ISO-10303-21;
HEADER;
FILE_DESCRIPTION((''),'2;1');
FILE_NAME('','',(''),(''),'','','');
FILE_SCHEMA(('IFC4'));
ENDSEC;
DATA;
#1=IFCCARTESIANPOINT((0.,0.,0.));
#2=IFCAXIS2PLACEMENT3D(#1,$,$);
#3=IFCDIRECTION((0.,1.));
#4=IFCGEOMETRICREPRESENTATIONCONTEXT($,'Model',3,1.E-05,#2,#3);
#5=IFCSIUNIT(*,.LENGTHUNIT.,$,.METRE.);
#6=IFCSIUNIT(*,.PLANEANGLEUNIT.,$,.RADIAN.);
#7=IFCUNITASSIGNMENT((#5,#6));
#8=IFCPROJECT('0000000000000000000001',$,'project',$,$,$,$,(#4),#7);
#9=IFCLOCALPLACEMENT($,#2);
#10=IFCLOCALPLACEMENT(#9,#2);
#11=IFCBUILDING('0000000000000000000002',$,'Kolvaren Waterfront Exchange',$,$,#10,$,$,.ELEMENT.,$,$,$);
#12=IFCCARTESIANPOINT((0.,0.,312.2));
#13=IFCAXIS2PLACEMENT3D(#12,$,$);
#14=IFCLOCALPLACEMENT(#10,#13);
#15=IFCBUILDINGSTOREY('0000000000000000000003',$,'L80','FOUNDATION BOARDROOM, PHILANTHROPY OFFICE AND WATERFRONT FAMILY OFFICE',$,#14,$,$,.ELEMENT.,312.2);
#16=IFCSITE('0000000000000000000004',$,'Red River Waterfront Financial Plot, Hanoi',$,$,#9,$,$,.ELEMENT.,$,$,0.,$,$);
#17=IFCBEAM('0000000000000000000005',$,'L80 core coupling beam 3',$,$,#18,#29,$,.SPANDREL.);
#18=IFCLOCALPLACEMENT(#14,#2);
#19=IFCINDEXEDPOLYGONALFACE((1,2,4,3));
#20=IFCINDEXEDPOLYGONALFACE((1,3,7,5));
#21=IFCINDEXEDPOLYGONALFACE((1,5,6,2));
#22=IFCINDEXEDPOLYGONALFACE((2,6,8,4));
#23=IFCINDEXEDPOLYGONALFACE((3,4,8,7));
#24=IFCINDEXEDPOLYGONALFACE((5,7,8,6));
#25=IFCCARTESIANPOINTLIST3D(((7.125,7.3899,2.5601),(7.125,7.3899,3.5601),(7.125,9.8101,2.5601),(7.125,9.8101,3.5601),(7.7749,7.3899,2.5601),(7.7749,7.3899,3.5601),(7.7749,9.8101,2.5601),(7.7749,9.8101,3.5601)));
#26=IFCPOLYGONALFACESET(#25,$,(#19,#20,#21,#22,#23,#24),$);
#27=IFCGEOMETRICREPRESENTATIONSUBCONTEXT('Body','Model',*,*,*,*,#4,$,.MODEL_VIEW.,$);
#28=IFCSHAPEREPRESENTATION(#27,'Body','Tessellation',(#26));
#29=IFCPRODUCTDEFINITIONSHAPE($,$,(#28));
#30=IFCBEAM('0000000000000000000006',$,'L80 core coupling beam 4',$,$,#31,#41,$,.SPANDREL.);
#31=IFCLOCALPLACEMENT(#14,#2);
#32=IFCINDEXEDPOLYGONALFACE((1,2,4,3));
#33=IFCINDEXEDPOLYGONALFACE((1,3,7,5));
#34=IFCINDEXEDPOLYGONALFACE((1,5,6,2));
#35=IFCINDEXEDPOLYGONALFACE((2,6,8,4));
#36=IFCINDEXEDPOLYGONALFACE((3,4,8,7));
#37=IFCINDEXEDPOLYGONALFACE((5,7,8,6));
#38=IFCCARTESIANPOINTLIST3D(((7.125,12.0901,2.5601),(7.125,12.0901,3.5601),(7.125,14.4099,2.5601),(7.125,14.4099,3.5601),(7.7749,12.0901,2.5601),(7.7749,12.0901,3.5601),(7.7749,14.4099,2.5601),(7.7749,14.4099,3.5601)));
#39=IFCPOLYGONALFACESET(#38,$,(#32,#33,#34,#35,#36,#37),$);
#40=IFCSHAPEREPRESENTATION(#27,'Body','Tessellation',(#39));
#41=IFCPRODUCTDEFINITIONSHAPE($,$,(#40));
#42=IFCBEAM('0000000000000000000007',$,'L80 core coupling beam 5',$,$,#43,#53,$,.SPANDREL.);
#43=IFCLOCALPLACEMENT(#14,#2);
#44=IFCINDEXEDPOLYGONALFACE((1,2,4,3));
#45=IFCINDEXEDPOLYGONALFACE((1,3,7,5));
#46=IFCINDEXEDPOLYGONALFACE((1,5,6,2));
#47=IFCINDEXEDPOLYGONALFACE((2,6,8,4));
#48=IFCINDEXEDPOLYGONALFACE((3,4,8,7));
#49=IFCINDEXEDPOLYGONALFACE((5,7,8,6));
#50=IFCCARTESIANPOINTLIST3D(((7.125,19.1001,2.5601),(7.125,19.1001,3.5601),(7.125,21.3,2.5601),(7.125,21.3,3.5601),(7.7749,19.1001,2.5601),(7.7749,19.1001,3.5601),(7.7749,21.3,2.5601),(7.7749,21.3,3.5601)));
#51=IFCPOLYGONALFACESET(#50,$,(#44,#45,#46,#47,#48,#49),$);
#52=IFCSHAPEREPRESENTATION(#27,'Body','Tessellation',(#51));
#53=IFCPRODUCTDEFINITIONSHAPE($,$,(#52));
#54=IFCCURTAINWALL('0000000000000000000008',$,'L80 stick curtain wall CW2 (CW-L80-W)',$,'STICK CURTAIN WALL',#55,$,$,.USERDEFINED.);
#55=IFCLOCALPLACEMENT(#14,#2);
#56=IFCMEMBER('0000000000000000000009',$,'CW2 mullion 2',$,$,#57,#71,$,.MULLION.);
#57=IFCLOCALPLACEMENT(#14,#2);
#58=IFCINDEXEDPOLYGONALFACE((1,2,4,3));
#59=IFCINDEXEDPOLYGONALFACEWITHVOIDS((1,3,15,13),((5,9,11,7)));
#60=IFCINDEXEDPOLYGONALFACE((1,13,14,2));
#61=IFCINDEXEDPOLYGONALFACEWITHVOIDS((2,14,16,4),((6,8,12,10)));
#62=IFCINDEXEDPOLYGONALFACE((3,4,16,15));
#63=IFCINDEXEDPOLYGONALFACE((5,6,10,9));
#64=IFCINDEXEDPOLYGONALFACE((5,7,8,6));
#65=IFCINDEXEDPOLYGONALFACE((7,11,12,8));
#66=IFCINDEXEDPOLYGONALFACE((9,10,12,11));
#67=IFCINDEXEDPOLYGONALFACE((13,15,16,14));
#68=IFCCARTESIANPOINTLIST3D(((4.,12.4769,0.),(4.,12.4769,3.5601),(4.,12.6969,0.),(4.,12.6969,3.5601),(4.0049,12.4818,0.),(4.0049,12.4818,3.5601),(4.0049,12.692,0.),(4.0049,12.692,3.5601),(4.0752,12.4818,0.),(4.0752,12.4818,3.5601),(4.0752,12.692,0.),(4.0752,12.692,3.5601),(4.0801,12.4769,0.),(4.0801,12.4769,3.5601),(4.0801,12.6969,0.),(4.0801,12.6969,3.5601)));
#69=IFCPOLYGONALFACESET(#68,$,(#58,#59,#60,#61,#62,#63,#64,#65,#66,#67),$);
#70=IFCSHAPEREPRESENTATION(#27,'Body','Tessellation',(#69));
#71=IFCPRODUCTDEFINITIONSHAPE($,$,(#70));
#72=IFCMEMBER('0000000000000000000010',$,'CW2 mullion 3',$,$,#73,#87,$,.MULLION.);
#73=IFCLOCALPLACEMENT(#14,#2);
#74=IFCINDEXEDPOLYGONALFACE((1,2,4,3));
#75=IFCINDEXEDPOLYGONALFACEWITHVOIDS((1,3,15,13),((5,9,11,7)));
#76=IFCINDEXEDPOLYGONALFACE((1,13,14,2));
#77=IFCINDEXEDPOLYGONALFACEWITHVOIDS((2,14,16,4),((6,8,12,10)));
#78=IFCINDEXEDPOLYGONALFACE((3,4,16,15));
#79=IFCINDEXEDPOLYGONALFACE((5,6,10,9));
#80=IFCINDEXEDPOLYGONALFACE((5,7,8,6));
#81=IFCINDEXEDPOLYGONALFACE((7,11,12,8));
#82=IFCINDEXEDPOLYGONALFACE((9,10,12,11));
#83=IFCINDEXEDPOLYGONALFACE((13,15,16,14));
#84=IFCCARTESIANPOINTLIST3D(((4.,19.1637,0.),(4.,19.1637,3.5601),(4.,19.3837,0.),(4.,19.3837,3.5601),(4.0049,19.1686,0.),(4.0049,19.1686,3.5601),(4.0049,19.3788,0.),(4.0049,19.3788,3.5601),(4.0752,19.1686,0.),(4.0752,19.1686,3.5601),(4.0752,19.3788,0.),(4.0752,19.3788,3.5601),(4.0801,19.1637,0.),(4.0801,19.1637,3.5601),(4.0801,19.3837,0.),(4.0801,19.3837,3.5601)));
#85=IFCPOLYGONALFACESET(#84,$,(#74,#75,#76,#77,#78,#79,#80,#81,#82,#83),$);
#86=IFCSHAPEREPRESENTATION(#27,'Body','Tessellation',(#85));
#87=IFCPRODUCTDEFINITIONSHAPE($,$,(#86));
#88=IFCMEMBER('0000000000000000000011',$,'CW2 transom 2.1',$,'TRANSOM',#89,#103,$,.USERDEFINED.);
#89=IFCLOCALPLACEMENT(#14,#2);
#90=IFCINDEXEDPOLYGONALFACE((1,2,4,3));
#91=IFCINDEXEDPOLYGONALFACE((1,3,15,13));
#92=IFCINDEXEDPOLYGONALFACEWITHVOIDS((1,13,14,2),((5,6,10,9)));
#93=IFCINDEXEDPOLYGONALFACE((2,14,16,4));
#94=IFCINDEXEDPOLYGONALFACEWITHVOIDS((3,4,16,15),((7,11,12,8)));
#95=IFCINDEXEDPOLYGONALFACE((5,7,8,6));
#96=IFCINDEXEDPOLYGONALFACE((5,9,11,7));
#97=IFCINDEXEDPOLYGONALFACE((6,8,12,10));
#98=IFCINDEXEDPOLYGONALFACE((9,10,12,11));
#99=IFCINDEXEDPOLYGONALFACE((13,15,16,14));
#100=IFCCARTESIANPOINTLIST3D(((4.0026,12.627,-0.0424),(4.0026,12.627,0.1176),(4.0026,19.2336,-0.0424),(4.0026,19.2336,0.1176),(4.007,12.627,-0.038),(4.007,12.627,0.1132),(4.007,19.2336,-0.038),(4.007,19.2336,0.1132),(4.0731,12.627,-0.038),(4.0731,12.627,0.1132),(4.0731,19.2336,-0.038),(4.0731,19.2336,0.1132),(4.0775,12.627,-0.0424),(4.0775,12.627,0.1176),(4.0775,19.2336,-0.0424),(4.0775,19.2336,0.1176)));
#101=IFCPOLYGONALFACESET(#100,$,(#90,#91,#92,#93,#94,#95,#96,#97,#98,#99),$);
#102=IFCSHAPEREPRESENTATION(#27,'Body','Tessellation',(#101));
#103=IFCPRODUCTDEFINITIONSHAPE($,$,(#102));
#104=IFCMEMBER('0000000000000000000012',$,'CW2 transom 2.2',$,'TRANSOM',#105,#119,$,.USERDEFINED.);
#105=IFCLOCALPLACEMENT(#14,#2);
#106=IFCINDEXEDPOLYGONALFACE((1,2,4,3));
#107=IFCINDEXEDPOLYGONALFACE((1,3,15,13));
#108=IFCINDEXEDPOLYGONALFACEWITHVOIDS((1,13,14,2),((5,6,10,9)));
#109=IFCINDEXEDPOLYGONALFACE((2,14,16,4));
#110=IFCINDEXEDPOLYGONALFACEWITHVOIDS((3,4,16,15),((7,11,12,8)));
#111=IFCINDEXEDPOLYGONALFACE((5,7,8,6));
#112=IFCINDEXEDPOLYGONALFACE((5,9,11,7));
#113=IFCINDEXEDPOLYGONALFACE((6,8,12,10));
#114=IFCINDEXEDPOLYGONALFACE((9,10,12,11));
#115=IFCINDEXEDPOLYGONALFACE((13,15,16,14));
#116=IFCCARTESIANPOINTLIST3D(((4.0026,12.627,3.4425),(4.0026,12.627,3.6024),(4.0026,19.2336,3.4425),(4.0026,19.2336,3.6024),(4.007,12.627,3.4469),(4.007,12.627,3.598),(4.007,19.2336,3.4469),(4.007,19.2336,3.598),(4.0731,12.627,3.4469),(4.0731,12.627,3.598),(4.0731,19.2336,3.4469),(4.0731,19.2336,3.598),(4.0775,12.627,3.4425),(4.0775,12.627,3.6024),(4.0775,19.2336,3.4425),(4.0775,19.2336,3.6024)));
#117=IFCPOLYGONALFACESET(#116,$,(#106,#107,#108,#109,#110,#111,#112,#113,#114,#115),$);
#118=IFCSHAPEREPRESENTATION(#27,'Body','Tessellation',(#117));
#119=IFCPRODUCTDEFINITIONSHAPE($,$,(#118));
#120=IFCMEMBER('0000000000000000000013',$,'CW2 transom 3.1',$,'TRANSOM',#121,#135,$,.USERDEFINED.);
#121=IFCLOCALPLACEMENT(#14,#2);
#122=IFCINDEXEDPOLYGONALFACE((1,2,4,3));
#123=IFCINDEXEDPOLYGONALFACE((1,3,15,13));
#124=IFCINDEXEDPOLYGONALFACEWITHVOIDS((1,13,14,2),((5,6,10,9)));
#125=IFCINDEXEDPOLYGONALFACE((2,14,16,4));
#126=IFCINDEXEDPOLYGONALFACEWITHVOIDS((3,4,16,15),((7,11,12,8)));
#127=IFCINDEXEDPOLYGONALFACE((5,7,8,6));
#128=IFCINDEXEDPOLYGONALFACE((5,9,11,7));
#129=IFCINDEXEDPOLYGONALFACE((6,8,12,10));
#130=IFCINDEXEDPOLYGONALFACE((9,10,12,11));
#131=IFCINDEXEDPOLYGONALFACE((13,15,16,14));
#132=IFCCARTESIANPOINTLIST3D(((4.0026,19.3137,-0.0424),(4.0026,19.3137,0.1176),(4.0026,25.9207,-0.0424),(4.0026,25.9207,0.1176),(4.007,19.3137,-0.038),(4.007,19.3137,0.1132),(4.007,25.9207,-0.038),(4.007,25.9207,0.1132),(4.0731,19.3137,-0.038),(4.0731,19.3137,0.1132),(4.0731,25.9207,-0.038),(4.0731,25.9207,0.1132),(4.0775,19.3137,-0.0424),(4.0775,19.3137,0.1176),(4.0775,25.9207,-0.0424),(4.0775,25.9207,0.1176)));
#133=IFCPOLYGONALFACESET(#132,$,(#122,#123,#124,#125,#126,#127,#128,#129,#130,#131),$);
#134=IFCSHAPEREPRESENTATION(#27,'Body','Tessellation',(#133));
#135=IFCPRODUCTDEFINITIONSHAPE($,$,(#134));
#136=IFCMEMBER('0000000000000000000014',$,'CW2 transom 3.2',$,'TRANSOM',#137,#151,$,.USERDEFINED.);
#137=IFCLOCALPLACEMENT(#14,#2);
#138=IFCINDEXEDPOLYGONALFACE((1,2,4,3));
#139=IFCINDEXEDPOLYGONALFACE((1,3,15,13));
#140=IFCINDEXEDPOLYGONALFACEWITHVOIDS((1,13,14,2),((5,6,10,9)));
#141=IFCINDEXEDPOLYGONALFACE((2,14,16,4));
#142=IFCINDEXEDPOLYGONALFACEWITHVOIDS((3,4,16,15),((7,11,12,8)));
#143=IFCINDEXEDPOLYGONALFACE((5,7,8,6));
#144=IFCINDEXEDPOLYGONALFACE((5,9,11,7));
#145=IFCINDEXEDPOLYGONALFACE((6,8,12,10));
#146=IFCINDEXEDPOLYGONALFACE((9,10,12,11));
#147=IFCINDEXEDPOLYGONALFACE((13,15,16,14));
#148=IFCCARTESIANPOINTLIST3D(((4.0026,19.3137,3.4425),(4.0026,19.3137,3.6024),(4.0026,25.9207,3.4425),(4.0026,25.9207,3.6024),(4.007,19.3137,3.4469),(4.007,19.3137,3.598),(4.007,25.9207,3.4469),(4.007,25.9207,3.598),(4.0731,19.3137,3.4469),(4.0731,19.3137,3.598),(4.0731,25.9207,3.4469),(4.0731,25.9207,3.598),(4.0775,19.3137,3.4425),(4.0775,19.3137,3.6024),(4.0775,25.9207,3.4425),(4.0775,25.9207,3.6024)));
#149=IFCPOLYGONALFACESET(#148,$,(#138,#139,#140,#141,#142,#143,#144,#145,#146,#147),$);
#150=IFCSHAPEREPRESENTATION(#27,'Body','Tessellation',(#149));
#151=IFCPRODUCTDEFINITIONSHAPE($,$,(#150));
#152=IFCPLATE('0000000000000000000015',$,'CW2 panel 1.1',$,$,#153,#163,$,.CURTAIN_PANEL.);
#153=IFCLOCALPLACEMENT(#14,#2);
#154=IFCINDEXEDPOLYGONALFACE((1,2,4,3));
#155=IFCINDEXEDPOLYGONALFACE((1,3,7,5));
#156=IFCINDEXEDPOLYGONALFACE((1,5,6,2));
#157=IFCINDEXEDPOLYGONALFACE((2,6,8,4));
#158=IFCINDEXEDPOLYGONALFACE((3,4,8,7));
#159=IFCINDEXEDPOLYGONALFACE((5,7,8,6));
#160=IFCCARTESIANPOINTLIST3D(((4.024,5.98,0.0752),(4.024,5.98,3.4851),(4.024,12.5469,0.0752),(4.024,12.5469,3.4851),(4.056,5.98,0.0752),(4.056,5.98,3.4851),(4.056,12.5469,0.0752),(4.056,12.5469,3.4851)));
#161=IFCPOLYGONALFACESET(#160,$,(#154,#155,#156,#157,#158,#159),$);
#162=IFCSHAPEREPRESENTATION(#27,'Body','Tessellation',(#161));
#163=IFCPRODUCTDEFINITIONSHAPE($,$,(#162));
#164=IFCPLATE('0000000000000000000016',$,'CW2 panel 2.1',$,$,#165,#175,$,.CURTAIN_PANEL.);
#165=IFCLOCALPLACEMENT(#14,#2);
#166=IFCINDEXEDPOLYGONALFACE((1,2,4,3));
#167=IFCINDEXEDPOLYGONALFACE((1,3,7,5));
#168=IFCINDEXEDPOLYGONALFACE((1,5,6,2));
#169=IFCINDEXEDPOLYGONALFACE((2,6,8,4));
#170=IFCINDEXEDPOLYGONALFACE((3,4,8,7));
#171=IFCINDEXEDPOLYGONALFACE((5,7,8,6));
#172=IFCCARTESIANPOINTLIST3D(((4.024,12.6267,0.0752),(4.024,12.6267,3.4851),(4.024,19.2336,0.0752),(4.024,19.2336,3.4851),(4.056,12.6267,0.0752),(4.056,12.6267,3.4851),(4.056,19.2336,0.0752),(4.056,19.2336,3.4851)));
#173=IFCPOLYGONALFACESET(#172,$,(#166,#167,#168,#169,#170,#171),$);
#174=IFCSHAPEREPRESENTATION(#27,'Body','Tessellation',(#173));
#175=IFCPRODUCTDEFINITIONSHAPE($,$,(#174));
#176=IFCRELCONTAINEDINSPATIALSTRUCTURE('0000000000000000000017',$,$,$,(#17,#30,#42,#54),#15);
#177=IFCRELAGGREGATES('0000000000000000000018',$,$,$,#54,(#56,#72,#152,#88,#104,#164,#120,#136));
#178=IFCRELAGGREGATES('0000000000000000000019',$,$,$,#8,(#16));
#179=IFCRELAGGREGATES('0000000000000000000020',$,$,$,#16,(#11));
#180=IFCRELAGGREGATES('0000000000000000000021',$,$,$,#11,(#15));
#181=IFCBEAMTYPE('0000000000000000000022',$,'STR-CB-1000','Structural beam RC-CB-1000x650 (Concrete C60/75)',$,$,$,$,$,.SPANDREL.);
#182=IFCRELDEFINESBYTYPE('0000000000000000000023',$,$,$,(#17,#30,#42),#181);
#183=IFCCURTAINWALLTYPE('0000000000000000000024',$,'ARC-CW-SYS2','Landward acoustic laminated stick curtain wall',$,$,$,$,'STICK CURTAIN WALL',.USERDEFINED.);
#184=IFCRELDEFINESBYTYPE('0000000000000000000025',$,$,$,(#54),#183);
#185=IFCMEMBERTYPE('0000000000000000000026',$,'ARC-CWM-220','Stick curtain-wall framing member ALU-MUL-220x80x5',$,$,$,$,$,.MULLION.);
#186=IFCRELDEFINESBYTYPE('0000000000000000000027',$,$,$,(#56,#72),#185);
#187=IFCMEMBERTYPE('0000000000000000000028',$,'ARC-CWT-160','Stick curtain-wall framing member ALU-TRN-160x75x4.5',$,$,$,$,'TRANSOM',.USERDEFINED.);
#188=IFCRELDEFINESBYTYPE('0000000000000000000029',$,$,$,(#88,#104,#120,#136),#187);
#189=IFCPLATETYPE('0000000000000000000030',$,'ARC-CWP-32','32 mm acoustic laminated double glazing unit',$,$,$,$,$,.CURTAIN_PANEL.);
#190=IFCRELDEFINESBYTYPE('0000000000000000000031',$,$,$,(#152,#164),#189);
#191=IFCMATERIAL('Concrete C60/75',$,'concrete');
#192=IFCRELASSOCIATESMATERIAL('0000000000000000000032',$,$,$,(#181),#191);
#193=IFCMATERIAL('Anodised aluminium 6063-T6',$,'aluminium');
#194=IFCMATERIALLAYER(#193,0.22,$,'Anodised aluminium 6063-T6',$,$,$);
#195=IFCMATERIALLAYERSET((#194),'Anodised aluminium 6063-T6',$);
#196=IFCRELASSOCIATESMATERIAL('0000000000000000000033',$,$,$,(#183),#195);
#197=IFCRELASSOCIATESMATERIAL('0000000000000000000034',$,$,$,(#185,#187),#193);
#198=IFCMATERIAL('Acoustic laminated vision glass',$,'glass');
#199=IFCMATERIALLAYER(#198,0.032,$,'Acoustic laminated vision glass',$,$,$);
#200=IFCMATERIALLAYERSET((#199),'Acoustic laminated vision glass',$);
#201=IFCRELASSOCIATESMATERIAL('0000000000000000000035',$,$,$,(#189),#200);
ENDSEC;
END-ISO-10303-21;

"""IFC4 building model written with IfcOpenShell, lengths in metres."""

from ifc_helpers import new_model, si_unit, direction, frame, origin, origin_with_axes, origin_2d, place, context, subcontext, project, spatial, rectangle, hollow_rectangle, extrude, source, transform, mapped, material, layer, layer_set, material_profile, profile_set, type_object, element, aggregate, save


model = new_model("IFC4")

# Units and contexts
model_context = context("Model", 3, precision=1e-05, world=origin(), true_north=direction((0.0, 1.0)))
body_context = subcontext(model_context, "Body", "Model", "MODEL_VIEW")
ifc_project = project(units=[si_unit("LENGTHUNIT", "METRE"), si_unit("PLANEANGLEUNIT", "RADIAN")], contexts=[model_context])

# Site, building, storey
site_placement = place(None, origin())
site = spatial("IfcSite", under=ifc_project, at=site_placement, Name="Red River Waterfront Financial Plot, Hanoi", CompositionType="ELEMENT", RefElevation=0.0)
building_placement = place(site_placement, origin())
building = spatial("IfcBuilding", under=site, at=building_placement, Name="Kolvaren Waterfront Exchange", CompositionType="ELEMENT")
storey_placement = place(building_placement, frame((0.0, 0.0, 312.2)))
storey = spatial("IfcBuildingStorey", under=building, at=storey_placement, Name="L80", Description="FOUNDATION BOARDROOM, PHILANTHROPY OFFICE AND WATERFRONT FAMILY OFFICE", CompositionType="ELEMENT", Elevation=312.2)

# Beams
ifc_material_1 = material(Name="Concrete C60/75", Category="concrete")
ifc_material_profile_1 = material_profile(ifc_material_1, rectangle(XDim=0.6499, YDim=1.0, at=origin_2d()), Name="RC-CB-1000x650")
ifc_profile_set_1 = profile_set([ifc_material_profile_1], Name="Concrete C60/75")
beam_type = type_object("IfcBeamType", Name="STR-CB-1000", Description="Structural beam RC-CB-1000x650 (Concrete C60/75)", PredefinedType="SPANDREL", material=ifc_profile_set_1)
beam_1_placement = place(storey_placement, frame((7.45, 7.3899, 3.0601), z_axis=(0.0, 1.0, 0.0), x_axis=(-1.0, 0.0, 0.0)))
element("IfcBeam", 1, at=beam_1_placement, inside=storey, type_object=beam_type, Name="L80 core coupling beam 3", PredefinedType="SPANDREL", context=body_context, shape_type="SweptSolid", body=[
    extrude(rectangle(XDim=0.6499, YDim=1.0, at=origin_2d()), origin(), (0.0, 0.0, 1.0), 2.4202),
])
beam_2_placement = place(storey_placement, frame((7.45, 12.0901, 3.0601), z_axis=(0.0, 1.0, 0.0), x_axis=(-1.0, 0.0, 0.0)))
element("IfcBeam", 2, at=beam_2_placement, inside=storey, type_object=beam_type, Name="L80 core coupling beam 4", PredefinedType="SPANDREL", context=body_context, shape_type="SweptSolid", body=[
    extrude(rectangle(XDim=0.6499, YDim=1.0, at=origin_2d()), origin(), (0.0, 0.0, 1.0), 2.3198),
])
beam_3_placement = place(storey_placement, frame((7.45, 19.1001, 3.0601), z_axis=(0.0, 1.0, 0.0), x_axis=(-1.0, 0.0, 0.0)))
element("IfcBeam", 3, at=beam_3_placement, inside=storey, type_object=beam_type, Name="L80 core coupling beam 5", PredefinedType="SPANDREL", context=body_context, shape_type="SweptSolid", body=[
    extrude(rectangle(XDim=0.6499, YDim=1.0, at=origin_2d()), origin(), (0.0, 0.0, 1.0), 2.2),
])

# Curtain wall, members, plates
ifc_material_2 = material(Name="Anodised aluminium 6063-T6", Category="aluminium")
ifc_layer_1 = layer(ifc_material_2, 0.22, Name="Anodised aluminium 6063-T6")
ifc_layer_set_1 = layer_set([ifc_layer_1], Name="Anodised aluminium 6063-T6")
curtain_wall_type = type_object("IfcCurtainWallType", Name="ARC-CW-SYS2", Description="Landward acoustic laminated stick curtain wall", ElementType="STICK CURTAIN WALL", PredefinedType="USERDEFINED", material=ifc_layer_set_1)
curtain_wall_placement = place(storey_placement, origin())
curtain_wall = element("IfcCurtainWall", 4, at=curtain_wall_placement, inside=storey, type_object=curtain_wall_type, Name="L80 stick curtain wall CW2 (CW-L80-W)", ObjectType="STICK CURTAIN WALL", PredefinedType="USERDEFINED")
ifc_material_profile_2 = material_profile(ifc_material_2, hollow_rectangle(XDim=0.0801, YDim=0.22, WallThickness=0.0049, at=origin_2d()), Name="ALU-MUL-220x80x5")
ifc_profile_set_2 = profile_set([ifc_material_profile_2], Name="Anodised aluminium 6063-T6")
member_type_1 = type_object("IfcMemberType", Name="ARC-CWM-220", Description="Stick curtain-wall framing member ALU-MUL-220x80x5", PredefinedType="MULLION", material=ifc_profile_set_2)
shared_shape_1 = source(origin_with_axes(), body_context, "Body", "SweptSolid", [
    extrude(hollow_rectangle(XDim=0.0801, YDim=0.22, WallThickness=0.0049, at=origin_2d()), origin(), (0.0, 0.0, 1.0), 3.5601),
])
member_1_placement = place(storey_placement, frame((4.04, 12.5869, 0.0), z_axis=(0.0, 0.0, 1.0), x_axis=(-1.0, 0.0, 0.0)))
member_1 = element("IfcMember", 5, at=member_1_placement, type_object=member_type_1, Name="CW2 mullion 2", PredefinedType="MULLION", context=body_context, shape_type="MappedRepresentation", body=[
    mapped(shared_shape_1, transform((0.0, 0.0, 0.0), x_axis=(1.0, 0.0, 0.0), y_axis=(0.0, 1.0, 0.0), z_axis=(0.0, 0.0, 1.0), scale=1.0)),
])
member_2_placement = place(storey_placement, frame((4.04, 19.2737, 0.0), z_axis=(0.0, 0.0, 1.0), x_axis=(-1.0, 0.0, 0.0)))
member_2 = element("IfcMember", 6, at=member_2_placement, type_object=member_type_1, Name="CW2 mullion 3", PredefinedType="MULLION", context=body_context, shape_type="MappedRepresentation", body=[
    mapped(shared_shape_1, transform((0.0, 0.0, 0.0), x_axis=(1.0, 0.0, 0.0), y_axis=(0.0, 1.0, 0.0), z_axis=(0.0, 0.0, 1.0), scale=1.0)),
])
ifc_material_profile_3 = material_profile(ifc_material_2, hollow_rectangle(XDim=0.075, YDim=0.1599, WallThickness=0.0044, at=origin_2d()), Name="ALU-TRN-160x75x4.5")
ifc_profile_set_3 = profile_set([ifc_material_profile_3], Name="Anodised aluminium 6063-T6")
member_type_2 = type_object("IfcMemberType", Name="ARC-CWT-160", Description="Stick curtain-wall framing member ALU-TRN-160x75x4.5", ElementType="TRANSOM", PredefinedType="USERDEFINED", material=ifc_profile_set_3)
shared_shape_2 = source(origin_with_axes(), body_context, "Body", "SweptSolid", [
    extrude(hollow_rectangle(XDim=0.075, YDim=0.1599, WallThickness=0.0044, at=origin_2d()), origin(), (0.0, 0.0, 1.0), 6.6067),
])
member_3_placement = place(storey_placement, frame((4.04, 12.627, 0.0376), z_axis=(0.0, 1.0, 0.0), x_axis=(-1.0, 0.0, 0.0)))
member_3 = element("IfcMember", 7, at=member_3_placement, type_object=member_type_2, Name="CW2 transom 2.1", ObjectType="TRANSOM", PredefinedType="USERDEFINED", context=body_context, shape_type="MappedRepresentation", body=[
    mapped(shared_shape_2, transform((0.0, 0.0, 0.0), x_axis=(1.0, 0.0, 0.0), y_axis=(0.0, 1.0, 0.0), z_axis=(0.0, 0.0, 1.0), scale=1.0)),
])
member_4_placement = place(storey_placement, frame((4.04, 12.627, 3.5225), z_axis=(0.0, 1.0, 0.0), x_axis=(-1.0, 0.0, 0.0)))
member_4 = element("IfcMember", 8, at=member_4_placement, type_object=member_type_2, Name="CW2 transom 2.2", ObjectType="TRANSOM", PredefinedType="USERDEFINED", context=body_context, shape_type="MappedRepresentation", body=[
    mapped(shared_shape_2, transform((0.0, 0.0, 0.0), x_axis=(1.0, 0.0, 0.0), y_axis=(0.0, 1.0, 0.0), z_axis=(0.0, 0.0, 1.0), scale=1.0)),
])
shared_shape_3 = source(origin_with_axes(), body_context, "Body", "SweptSolid", [
    extrude(hollow_rectangle(XDim=0.075, YDim=0.1599, WallThickness=0.0044, at=origin_2d()), origin(), (0.0, 0.0, 1.0), 6.6069),
])
member_5_placement = place(storey_placement, frame((4.04, 19.3137, 0.0376), z_axis=(0.0, 1.0, 0.0), x_axis=(-1.0, 0.0, 0.0)))
member_5 = element("IfcMember", 9, at=member_5_placement, type_object=member_type_2, Name="CW2 transom 3.1", ObjectType="TRANSOM", PredefinedType="USERDEFINED", context=body_context, shape_type="MappedRepresentation", body=[
    mapped(shared_shape_3, transform((0.0, 0.0, 0.0), x_axis=(1.0, 0.0, 0.0), y_axis=(0.0, 1.0, 0.0), z_axis=(0.0, 0.0, 1.0), scale=1.0)),
])
member_6_placement = place(storey_placement, frame((4.04, 19.3137, 3.5225), z_axis=(0.0, 1.0, 0.0), x_axis=(-1.0, 0.0, 0.0)))
member_6 = element("IfcMember", 10, at=member_6_placement, type_object=member_type_2, Name="CW2 transom 3.2", ObjectType="TRANSOM", PredefinedType="USERDEFINED", context=body_context, shape_type="MappedRepresentation", body=[
    mapped(shared_shape_3, transform((0.0, 0.0, 0.0), x_axis=(1.0, 0.0, 0.0), y_axis=(0.0, 1.0, 0.0), z_axis=(0.0, 0.0, 1.0), scale=1.0)),
])
ifc_material_3 = material(Name="Acoustic laminated vision glass", Category="glass")
ifc_layer_2 = layer(ifc_material_3, 0.032, Name="Acoustic laminated vision glass")
ifc_layer_set_2 = layer_set([ifc_layer_2], Name="Acoustic laminated vision glass")
plate_type = type_object("IfcPlateType", Name="ARC-CWP-32", Description="32 mm acoustic laminated double glazing unit", PredefinedType="CURTAIN_PANEL", material=ifc_layer_set_2)
shared_shape_4 = source(origin_with_axes(), body_context, "Body", "SweptSolid", [
    extrude(rectangle(XDim=6.5669, YDim=0.032, at=origin_2d()), origin(), (0.0, 0.0, 1.0), 3.4099),
])
plate_1_placement = place(storey_placement, frame((4.04, 9.2634, 0.0752), z_axis=(0.0, 0.0, 1.0), x_axis=(0.0, 1.0, 0.0)))
plate_1 = element("IfcPlate", 11, at=plate_1_placement, type_object=plate_type, Name="CW2 panel 1.1", PredefinedType="CURTAIN_PANEL", context=body_context, shape_type="MappedRepresentation", body=[
    mapped(shared_shape_4, transform((0.0, 0.0, 0.0), x_axis=(1.0, 0.0, 0.0), y_axis=(0.0, 1.0, 0.0), z_axis=(0.0, 0.0, 1.0), scale=1.0)),
])
shared_shape_5 = source(origin_with_axes(), body_context, "Body", "SweptSolid", [
    extrude(rectangle(XDim=6.6069, YDim=0.032, at=origin_2d()), origin(), (0.0, 0.0, 1.0), 3.4099),
])
plate_2_placement = place(storey_placement, frame((4.04, 15.9302, 0.0752), z_axis=(0.0, 0.0, 1.0), x_axis=(0.0, 1.0, 0.0)))
plate_2 = element("IfcPlate", 12, at=plate_2_placement, type_object=plate_type, Name="CW2 panel 2.1", PredefinedType="CURTAIN_PANEL", context=body_context, shape_type="MappedRepresentation", body=[
    mapped(shared_shape_5, transform((0.0, 0.0, 0.0), x_axis=(1.0, 0.0, 0.0), y_axis=(0.0, 1.0, 0.0), z_axis=(0.0, 0.0, 1.0), scale=1.0)),
])
aggregate(curtain_wall, [member_1, member_2, plate_1, member_3, member_4, plate_2, member_5, member_6])

save(model, "model.ifc")
